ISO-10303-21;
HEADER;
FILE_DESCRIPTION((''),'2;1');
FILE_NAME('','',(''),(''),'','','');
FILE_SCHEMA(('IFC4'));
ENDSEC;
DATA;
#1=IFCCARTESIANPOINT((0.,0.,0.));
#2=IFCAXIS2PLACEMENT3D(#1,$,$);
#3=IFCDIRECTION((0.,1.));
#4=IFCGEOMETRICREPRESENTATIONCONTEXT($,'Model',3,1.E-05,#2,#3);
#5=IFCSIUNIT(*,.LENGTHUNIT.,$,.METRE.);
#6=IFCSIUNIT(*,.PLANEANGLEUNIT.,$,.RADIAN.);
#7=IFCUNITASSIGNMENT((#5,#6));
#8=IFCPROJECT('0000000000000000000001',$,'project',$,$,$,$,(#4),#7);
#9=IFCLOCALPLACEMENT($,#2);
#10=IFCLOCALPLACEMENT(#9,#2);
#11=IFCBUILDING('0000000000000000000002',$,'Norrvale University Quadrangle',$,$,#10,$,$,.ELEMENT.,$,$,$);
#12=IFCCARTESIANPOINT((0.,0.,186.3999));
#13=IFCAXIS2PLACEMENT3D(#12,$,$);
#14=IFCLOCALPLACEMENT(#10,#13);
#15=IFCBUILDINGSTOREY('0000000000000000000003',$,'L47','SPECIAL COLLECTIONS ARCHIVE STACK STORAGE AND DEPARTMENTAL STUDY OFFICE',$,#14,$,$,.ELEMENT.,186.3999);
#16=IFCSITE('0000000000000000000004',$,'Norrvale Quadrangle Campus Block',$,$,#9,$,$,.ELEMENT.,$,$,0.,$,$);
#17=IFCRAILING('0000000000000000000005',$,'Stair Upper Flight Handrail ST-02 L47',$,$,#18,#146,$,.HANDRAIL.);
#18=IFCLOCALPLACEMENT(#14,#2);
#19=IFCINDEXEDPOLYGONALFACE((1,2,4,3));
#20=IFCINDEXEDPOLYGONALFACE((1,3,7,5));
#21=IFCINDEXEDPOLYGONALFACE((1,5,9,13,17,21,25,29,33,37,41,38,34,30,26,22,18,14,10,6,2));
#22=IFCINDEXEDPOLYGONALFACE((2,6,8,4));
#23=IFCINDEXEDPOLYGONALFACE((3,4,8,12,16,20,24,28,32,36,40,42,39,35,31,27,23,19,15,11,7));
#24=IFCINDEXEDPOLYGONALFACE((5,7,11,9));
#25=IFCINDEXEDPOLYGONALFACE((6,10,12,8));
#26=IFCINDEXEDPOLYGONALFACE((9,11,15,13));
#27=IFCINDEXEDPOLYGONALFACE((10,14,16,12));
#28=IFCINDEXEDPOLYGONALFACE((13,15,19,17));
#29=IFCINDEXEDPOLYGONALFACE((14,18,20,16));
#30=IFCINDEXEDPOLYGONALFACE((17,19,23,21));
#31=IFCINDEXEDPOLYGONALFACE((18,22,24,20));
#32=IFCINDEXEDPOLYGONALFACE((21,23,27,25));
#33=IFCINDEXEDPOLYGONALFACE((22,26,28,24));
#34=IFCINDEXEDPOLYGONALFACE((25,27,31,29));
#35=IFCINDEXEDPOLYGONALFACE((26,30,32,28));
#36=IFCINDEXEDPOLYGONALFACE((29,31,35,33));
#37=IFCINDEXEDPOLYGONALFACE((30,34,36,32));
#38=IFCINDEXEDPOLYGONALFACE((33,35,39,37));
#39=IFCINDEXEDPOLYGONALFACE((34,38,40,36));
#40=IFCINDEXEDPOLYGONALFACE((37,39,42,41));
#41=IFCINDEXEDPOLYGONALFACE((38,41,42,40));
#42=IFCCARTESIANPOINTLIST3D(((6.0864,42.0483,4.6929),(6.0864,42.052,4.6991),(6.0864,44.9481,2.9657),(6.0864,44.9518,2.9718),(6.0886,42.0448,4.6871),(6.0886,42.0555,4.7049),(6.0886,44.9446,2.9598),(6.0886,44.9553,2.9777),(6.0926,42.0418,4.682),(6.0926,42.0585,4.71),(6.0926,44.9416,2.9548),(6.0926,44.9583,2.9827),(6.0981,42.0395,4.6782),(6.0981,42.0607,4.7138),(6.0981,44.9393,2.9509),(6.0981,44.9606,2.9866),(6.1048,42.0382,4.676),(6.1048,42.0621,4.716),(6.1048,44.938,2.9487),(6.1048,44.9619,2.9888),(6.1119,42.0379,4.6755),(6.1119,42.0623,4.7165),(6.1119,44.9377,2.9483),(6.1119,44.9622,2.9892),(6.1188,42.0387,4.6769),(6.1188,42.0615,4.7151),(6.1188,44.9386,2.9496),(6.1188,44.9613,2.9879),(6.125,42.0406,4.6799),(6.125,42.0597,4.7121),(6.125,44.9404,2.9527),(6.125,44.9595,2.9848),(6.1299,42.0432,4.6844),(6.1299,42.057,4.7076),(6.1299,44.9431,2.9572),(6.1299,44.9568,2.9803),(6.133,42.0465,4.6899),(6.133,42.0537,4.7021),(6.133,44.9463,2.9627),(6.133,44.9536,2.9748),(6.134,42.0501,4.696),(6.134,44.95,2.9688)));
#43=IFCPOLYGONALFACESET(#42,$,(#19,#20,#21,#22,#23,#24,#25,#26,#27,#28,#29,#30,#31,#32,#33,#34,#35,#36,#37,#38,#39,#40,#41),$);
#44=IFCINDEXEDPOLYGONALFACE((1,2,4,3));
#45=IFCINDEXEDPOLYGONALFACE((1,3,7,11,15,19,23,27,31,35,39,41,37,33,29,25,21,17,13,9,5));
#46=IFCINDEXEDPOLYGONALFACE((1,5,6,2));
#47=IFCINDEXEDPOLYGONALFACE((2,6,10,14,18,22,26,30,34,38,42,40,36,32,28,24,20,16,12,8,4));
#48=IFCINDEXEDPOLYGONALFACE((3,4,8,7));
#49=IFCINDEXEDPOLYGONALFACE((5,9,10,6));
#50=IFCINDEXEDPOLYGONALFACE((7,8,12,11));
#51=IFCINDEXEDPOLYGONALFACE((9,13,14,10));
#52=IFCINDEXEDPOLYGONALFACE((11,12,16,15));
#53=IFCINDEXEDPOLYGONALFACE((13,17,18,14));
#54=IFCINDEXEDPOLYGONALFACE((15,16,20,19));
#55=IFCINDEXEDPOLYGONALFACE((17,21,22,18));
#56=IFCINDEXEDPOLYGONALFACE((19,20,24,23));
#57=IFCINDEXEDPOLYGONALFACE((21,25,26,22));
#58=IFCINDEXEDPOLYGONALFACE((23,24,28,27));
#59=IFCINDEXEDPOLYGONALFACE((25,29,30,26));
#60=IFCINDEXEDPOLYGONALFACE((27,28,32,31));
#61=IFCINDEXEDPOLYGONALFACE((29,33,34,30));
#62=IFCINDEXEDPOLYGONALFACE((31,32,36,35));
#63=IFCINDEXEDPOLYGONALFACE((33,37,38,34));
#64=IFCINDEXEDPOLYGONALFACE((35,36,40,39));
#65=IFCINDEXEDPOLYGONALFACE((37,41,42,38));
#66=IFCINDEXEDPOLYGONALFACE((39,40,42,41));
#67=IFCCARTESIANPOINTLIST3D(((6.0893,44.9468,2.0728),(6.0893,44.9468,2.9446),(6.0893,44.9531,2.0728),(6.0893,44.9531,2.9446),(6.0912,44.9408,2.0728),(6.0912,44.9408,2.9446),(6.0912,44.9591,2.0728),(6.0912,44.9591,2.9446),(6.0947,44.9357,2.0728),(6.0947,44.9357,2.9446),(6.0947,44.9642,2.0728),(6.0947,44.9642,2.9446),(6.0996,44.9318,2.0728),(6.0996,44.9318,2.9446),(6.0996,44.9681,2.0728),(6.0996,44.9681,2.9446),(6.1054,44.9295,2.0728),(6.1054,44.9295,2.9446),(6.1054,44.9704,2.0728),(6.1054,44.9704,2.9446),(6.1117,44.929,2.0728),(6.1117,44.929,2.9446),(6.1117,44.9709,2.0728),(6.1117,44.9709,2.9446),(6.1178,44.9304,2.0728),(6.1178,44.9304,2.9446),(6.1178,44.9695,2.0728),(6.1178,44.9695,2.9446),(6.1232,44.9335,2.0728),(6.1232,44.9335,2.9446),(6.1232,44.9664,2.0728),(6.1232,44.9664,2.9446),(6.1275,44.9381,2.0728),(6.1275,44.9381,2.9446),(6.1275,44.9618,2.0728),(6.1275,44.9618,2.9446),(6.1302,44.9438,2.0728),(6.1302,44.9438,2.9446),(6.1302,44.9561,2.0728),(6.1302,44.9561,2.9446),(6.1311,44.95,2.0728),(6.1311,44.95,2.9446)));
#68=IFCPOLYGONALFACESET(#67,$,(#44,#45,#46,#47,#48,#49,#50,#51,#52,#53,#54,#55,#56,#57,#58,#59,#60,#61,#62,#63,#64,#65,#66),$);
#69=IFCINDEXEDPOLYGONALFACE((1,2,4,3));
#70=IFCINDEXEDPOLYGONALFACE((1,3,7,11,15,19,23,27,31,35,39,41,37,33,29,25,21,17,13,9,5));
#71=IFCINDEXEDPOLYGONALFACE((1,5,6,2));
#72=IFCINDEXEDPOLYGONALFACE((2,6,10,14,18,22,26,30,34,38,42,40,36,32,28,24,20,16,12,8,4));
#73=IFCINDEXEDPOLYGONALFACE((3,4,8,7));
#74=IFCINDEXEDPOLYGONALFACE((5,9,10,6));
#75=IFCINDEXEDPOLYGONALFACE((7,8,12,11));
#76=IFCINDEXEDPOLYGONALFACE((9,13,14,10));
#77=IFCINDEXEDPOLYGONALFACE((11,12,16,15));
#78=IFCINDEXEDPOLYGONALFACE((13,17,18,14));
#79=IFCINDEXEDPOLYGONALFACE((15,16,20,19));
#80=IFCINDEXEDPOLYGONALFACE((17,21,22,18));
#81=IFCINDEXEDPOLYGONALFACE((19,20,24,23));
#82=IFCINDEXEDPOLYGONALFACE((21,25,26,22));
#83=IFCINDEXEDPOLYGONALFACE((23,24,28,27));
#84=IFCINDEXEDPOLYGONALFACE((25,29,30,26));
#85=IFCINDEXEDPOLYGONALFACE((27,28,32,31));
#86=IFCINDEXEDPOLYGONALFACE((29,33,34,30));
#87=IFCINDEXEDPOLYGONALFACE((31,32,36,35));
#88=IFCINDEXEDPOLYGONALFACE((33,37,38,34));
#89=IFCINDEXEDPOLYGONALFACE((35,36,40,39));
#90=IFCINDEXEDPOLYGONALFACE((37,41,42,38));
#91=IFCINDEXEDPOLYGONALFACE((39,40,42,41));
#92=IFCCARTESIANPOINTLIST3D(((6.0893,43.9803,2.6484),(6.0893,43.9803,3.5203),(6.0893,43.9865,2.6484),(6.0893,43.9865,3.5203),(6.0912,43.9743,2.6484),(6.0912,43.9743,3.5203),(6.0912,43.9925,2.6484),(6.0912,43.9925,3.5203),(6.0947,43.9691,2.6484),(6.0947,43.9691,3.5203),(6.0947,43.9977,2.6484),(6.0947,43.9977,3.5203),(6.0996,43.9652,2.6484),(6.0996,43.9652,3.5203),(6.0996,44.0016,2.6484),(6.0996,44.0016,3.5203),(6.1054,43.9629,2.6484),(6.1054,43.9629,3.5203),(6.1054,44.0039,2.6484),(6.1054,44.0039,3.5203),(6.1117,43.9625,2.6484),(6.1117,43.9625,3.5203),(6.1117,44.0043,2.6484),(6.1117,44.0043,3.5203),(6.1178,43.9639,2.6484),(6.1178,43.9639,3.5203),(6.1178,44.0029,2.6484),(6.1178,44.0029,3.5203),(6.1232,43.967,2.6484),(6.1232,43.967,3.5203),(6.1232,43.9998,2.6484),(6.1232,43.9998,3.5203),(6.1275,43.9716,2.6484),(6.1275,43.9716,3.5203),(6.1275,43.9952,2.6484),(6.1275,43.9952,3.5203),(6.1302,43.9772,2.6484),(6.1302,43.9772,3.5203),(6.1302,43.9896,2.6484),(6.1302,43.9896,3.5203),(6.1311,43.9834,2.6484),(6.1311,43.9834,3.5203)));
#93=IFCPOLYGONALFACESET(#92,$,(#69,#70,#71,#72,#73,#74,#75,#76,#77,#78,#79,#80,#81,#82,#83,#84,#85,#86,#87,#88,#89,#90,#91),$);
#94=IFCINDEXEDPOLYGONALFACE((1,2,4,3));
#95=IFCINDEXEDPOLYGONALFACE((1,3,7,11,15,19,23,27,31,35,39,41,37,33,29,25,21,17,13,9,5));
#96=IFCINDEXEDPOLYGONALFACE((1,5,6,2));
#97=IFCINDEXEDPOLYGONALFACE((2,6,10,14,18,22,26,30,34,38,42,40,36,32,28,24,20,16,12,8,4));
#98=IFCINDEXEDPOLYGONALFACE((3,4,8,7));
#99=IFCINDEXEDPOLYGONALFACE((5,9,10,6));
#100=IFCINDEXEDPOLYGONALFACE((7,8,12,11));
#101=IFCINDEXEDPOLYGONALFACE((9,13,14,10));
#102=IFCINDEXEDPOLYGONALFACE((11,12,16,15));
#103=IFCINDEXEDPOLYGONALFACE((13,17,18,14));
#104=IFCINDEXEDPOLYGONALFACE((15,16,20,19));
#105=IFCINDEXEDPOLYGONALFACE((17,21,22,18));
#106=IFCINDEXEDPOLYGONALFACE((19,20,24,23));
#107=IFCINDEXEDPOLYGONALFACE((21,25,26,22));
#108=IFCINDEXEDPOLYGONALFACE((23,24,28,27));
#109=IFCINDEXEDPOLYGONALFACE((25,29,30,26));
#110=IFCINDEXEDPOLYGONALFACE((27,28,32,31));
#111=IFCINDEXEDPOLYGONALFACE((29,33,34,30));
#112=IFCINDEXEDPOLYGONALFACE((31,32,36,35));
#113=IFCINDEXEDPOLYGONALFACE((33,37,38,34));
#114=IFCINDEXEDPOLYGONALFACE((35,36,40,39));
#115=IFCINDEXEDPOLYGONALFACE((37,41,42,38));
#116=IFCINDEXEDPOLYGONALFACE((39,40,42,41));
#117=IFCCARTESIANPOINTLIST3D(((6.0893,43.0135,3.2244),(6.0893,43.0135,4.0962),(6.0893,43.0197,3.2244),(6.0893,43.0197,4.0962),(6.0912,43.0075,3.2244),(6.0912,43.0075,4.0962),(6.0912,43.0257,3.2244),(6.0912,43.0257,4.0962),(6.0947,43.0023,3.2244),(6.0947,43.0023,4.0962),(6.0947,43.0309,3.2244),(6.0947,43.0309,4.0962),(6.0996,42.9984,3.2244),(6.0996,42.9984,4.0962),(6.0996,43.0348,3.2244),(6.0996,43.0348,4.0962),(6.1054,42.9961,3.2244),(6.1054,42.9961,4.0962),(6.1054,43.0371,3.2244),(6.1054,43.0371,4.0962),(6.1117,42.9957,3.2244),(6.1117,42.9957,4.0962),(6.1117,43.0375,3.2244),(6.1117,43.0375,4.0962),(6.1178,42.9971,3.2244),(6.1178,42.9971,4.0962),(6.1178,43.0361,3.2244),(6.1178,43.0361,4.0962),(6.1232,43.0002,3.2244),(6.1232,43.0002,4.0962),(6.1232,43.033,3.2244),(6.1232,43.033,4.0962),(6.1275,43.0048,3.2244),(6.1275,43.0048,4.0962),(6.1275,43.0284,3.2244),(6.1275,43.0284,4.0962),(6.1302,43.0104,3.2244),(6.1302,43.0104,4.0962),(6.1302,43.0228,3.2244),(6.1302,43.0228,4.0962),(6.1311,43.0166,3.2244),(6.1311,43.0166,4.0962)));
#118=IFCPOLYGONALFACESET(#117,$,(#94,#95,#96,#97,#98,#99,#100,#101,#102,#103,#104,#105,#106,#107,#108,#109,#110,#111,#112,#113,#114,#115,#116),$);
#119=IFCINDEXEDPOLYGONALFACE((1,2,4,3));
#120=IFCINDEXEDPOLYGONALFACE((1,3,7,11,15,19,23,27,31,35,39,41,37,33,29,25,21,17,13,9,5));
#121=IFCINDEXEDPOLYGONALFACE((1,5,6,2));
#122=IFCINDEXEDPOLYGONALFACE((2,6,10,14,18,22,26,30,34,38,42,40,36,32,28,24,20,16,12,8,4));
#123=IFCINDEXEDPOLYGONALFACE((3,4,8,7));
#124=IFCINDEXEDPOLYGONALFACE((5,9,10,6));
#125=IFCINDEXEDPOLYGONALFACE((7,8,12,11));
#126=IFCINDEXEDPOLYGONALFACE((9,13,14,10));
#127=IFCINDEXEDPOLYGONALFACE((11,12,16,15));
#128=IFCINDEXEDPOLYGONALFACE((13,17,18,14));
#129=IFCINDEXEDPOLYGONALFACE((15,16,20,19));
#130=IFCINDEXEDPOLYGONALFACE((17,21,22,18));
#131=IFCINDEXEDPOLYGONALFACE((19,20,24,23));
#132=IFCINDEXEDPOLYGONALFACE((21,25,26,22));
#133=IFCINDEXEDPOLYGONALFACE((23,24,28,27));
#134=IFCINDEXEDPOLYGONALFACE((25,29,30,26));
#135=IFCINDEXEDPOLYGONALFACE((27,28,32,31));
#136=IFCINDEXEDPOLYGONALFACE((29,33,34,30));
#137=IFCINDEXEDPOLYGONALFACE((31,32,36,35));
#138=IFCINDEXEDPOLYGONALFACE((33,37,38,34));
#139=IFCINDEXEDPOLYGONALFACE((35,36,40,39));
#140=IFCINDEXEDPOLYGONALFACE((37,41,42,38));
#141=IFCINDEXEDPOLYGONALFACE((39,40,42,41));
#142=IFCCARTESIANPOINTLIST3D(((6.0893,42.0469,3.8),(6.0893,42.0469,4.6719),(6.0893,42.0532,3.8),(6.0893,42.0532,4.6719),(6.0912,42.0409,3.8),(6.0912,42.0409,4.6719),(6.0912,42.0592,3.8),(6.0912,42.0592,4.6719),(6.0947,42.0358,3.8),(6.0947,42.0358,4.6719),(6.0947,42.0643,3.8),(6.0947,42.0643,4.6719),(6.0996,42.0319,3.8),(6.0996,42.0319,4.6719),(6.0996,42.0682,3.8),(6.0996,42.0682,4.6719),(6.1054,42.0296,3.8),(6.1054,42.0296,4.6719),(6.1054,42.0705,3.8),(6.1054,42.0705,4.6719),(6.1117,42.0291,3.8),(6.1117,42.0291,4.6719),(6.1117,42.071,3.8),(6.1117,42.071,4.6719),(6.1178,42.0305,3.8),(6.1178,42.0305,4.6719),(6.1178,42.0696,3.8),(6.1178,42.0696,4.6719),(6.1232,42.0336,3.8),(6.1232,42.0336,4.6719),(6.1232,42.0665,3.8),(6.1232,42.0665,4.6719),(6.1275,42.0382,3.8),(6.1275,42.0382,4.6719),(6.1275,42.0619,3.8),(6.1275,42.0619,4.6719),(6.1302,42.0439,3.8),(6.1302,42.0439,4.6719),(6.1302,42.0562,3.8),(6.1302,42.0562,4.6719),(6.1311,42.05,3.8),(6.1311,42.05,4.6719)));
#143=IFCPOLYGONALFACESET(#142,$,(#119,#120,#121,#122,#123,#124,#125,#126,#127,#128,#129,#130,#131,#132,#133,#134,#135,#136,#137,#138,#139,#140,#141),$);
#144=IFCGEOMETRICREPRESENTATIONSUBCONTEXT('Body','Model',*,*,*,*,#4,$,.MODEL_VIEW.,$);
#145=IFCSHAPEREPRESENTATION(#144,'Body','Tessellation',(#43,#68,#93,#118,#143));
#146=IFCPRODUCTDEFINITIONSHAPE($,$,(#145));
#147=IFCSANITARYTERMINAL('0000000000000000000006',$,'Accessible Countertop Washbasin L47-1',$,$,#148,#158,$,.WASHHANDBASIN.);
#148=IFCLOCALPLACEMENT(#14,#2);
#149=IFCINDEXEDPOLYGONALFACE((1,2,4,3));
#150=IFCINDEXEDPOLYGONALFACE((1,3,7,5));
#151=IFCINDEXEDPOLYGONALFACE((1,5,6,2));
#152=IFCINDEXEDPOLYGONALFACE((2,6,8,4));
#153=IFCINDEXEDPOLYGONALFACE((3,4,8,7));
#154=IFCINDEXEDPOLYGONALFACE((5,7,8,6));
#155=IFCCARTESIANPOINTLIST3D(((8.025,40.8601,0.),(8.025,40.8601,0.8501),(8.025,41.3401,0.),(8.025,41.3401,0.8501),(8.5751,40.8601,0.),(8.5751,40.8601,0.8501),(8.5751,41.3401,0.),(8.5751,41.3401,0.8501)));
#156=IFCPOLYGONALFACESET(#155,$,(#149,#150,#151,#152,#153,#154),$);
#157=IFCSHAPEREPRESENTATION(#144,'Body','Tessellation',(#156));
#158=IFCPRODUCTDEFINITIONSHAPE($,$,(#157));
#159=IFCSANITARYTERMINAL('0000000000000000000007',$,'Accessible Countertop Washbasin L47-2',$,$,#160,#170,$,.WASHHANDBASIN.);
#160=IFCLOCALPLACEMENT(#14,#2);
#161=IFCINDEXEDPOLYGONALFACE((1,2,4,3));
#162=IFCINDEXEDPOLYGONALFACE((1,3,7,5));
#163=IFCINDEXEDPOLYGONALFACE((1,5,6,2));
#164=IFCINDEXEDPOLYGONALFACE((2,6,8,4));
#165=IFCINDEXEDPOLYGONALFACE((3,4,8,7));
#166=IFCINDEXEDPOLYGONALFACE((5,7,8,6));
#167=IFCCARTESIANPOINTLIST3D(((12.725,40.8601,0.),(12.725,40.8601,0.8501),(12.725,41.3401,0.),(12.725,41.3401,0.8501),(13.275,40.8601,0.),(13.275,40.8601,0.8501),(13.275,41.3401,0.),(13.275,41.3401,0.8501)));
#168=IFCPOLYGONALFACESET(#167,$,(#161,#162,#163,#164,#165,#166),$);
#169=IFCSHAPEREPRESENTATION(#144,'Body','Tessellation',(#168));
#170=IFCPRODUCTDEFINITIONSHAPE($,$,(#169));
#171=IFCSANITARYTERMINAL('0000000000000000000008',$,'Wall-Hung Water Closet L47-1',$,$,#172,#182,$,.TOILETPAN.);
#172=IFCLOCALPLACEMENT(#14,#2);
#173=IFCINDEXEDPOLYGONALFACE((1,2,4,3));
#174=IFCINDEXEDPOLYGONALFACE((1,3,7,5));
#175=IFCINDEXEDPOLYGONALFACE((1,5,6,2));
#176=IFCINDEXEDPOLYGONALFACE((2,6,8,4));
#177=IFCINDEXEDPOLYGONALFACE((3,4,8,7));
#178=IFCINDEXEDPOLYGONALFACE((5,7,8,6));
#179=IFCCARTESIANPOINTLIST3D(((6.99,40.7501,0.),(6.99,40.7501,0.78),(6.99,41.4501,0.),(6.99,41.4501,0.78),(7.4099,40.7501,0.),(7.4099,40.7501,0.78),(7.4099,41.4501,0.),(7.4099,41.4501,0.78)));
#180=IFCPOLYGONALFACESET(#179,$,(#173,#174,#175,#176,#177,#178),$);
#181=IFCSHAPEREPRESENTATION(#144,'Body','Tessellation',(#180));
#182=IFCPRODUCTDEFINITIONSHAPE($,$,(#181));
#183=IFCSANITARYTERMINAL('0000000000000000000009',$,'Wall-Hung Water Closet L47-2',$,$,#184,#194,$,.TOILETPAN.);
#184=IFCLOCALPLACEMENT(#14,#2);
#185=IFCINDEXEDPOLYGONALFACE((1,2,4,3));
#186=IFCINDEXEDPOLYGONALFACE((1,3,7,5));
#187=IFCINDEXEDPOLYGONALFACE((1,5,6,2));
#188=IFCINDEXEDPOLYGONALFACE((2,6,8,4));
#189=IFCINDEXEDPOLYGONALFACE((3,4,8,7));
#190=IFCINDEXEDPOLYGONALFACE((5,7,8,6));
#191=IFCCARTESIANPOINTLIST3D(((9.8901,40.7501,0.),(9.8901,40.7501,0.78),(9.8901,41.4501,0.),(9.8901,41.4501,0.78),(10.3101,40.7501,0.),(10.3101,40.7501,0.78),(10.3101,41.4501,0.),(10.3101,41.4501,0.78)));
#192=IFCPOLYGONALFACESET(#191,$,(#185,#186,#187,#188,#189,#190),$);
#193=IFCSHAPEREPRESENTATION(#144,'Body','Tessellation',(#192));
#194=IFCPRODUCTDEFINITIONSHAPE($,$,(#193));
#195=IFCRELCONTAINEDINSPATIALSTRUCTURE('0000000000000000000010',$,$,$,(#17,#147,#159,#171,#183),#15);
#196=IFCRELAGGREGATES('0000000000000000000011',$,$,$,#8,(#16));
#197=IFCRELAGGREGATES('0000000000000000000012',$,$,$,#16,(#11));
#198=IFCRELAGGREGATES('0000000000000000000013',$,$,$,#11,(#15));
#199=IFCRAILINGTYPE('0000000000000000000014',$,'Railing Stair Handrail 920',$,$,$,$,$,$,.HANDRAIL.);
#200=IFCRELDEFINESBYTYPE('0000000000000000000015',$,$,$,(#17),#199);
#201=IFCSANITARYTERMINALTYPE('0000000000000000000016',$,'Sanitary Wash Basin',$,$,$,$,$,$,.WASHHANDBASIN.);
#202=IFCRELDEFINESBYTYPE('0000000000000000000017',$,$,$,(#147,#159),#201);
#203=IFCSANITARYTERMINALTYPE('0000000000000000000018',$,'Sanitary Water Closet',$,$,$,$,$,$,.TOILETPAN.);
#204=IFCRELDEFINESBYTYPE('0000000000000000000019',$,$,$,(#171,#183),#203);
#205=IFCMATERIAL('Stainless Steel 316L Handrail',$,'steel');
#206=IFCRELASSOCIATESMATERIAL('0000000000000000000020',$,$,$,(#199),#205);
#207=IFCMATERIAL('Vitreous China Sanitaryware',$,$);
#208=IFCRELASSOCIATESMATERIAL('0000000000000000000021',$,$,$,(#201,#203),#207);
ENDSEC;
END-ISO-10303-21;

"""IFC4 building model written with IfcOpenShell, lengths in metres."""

from ifc_helpers import new_model, si_unit, direction, frame, origin, origin_2d, place, context, subcontext, project, spatial, rectangle, circle, extrude, material, type_object, element, save


model = new_model("IFC4")

# Units and contexts
model_context = context("Model", 3, precision=1e-05, world=origin(), true_north=direction((0.0, 1.0)))
body_context = subcontext(model_context, "Body", "Model", "MODEL_VIEW")
ifc_project = project(units=[si_unit("LENGTHUNIT", "METRE"), si_unit("PLANEANGLEUNIT", "RADIAN")], contexts=[model_context])

# Site, building, storey
site_placement = place(None, origin())
site = spatial("IfcSite", under=ifc_project, at=site_placement, Name="Norrvale Quadrangle Campus Block", CompositionType="ELEMENT", RefElevation=0.0)
building_placement = place(site_placement, origin())
building = spatial("IfcBuilding", under=site, at=building_placement, Name="Norrvale University Quadrangle", CompositionType="ELEMENT")
storey_placement = place(building_placement, frame((0.0, 0.0, 186.3999)))
storey = spatial("IfcBuildingStorey", under=building, at=storey_placement, Name="L47", Description="SPECIAL COLLECTIONS ARCHIVE STACK STORAGE AND DEPARTMENTAL STUDY OFFICE", CompositionType="ELEMENT", Elevation=186.3999)

# Railing
ifc_material_1 = material(Name="Stainless Steel 316L Handrail", Category="steel")
railing_type_1 = type_object("IfcRailingType", Name="Railing Stair Handrail 920", PredefinedType="HANDRAIL", material=ifc_material_1)
railing_1_placement = place(storey_placement, frame((6.1101, 44.95, 2.0728)))
element("IfcRailing", 1, at=railing_1_placement, inside=storey, type_object=railing_type_1, Name="Stair Upper Flight Handrail ST-02 L47", PredefinedType="HANDRAIL", context=body_context, shape_type="SweptSolid", body=[
    extrude(circle(Radius=0.0239, at=origin_2d()), frame((0.0, 0.0, 0.896), z_axis=(0.0, -0.859141, 0.511738), x_axis=(1.0, 0.0, 0.0)), (0.0, 0.0, 1.0), 3.3752),
    extrude(circle(Radius=0.021, at=origin_2d()), origin(), (0.0, 0.0, 1.0), 0.8718),
    extrude(circle(Radius=0.021, at=origin_2d()), frame((0.0, -0.9666, 0.5757)), (0.0, 0.0, 1.0), 0.8718),
    extrude(circle(Radius=0.021, at=origin_2d()), frame((0.0, -1.9333, 1.1516)), (0.0, 0.0, 1.0), 0.8718),
    extrude(circle(Radius=0.021, at=origin_2d()), frame((0.0, -2.8999, 1.7273)), (0.0, 0.0, 1.0), 0.8718),
])

# Sanitary terminals
ifc_material_2 = material(Name="Vitreous China Sanitaryware")
sanitary_terminal_type_1 = type_object("IfcSanitaryTerminalType", Name="Sanitary Wash Basin", PredefinedType="WASHHANDBASIN", material=ifc_material_2)
for number, where, z_axis, x_axis, name in (
    (2, (8.3, 41.1001, 0.0), (0.0, 0.0, 1.0), (1.0, 0.0, 0.0), "Accessible Countertop Washbasin L47-1"),
    (3, (13.0, 41.1001, 0.0), (0.0, 0.0, 1.0), (1.0, 0.0, 0.0), "Accessible Countertop Washbasin L47-2"),
):
    element("IfcSanitaryTerminal", number, at=place(storey_placement, frame(where, z_axis=z_axis, x_axis=x_axis)), inside=storey, type_object=sanitary_terminal_type_1, Name=name, PredefinedType="WASHHANDBASIN", context=body_context, shape_type="SweptSolid", body=[
        extrude(rectangle(XDim=0.55, YDim=0.48, at=origin_2d()), origin(), (0.0, 0.0, 1.0), 0.8501),
    ])
sanitary_terminal_type_2 = type_object("IfcSanitaryTerminalType", Name="Sanitary Water Closet", PredefinedType="TOILETPAN", material=ifc_material_2)
for number, where, z_axis, x_axis, name in (
    (4, (7.2, 41.1001, 0.0), (0.0, 0.0, 1.0), (1.0, 0.0, 0.0), "Wall-Hung Water Closet L47-1"),
    (5, (10.1001, 41.1001, 0.0), (0.0, 0.0, 1.0), (1.0, 0.0, 0.0), "Wall-Hung Water Closet L47-2"),
):
    element("IfcSanitaryTerminal", number, at=place(storey_placement, frame(where, z_axis=z_axis, x_axis=x_axis)), inside=storey, type_object=sanitary_terminal_type_2, Name=name, PredefinedType="TOILETPAN", context=body_context, shape_type="SweptSolid", body=[
        extrude(rectangle(XDim=0.4199, YDim=0.7, at=origin_2d()), origin(), (0.0, 0.0, 1.0), 0.78),
    ])

save(model, "model.ifc")
